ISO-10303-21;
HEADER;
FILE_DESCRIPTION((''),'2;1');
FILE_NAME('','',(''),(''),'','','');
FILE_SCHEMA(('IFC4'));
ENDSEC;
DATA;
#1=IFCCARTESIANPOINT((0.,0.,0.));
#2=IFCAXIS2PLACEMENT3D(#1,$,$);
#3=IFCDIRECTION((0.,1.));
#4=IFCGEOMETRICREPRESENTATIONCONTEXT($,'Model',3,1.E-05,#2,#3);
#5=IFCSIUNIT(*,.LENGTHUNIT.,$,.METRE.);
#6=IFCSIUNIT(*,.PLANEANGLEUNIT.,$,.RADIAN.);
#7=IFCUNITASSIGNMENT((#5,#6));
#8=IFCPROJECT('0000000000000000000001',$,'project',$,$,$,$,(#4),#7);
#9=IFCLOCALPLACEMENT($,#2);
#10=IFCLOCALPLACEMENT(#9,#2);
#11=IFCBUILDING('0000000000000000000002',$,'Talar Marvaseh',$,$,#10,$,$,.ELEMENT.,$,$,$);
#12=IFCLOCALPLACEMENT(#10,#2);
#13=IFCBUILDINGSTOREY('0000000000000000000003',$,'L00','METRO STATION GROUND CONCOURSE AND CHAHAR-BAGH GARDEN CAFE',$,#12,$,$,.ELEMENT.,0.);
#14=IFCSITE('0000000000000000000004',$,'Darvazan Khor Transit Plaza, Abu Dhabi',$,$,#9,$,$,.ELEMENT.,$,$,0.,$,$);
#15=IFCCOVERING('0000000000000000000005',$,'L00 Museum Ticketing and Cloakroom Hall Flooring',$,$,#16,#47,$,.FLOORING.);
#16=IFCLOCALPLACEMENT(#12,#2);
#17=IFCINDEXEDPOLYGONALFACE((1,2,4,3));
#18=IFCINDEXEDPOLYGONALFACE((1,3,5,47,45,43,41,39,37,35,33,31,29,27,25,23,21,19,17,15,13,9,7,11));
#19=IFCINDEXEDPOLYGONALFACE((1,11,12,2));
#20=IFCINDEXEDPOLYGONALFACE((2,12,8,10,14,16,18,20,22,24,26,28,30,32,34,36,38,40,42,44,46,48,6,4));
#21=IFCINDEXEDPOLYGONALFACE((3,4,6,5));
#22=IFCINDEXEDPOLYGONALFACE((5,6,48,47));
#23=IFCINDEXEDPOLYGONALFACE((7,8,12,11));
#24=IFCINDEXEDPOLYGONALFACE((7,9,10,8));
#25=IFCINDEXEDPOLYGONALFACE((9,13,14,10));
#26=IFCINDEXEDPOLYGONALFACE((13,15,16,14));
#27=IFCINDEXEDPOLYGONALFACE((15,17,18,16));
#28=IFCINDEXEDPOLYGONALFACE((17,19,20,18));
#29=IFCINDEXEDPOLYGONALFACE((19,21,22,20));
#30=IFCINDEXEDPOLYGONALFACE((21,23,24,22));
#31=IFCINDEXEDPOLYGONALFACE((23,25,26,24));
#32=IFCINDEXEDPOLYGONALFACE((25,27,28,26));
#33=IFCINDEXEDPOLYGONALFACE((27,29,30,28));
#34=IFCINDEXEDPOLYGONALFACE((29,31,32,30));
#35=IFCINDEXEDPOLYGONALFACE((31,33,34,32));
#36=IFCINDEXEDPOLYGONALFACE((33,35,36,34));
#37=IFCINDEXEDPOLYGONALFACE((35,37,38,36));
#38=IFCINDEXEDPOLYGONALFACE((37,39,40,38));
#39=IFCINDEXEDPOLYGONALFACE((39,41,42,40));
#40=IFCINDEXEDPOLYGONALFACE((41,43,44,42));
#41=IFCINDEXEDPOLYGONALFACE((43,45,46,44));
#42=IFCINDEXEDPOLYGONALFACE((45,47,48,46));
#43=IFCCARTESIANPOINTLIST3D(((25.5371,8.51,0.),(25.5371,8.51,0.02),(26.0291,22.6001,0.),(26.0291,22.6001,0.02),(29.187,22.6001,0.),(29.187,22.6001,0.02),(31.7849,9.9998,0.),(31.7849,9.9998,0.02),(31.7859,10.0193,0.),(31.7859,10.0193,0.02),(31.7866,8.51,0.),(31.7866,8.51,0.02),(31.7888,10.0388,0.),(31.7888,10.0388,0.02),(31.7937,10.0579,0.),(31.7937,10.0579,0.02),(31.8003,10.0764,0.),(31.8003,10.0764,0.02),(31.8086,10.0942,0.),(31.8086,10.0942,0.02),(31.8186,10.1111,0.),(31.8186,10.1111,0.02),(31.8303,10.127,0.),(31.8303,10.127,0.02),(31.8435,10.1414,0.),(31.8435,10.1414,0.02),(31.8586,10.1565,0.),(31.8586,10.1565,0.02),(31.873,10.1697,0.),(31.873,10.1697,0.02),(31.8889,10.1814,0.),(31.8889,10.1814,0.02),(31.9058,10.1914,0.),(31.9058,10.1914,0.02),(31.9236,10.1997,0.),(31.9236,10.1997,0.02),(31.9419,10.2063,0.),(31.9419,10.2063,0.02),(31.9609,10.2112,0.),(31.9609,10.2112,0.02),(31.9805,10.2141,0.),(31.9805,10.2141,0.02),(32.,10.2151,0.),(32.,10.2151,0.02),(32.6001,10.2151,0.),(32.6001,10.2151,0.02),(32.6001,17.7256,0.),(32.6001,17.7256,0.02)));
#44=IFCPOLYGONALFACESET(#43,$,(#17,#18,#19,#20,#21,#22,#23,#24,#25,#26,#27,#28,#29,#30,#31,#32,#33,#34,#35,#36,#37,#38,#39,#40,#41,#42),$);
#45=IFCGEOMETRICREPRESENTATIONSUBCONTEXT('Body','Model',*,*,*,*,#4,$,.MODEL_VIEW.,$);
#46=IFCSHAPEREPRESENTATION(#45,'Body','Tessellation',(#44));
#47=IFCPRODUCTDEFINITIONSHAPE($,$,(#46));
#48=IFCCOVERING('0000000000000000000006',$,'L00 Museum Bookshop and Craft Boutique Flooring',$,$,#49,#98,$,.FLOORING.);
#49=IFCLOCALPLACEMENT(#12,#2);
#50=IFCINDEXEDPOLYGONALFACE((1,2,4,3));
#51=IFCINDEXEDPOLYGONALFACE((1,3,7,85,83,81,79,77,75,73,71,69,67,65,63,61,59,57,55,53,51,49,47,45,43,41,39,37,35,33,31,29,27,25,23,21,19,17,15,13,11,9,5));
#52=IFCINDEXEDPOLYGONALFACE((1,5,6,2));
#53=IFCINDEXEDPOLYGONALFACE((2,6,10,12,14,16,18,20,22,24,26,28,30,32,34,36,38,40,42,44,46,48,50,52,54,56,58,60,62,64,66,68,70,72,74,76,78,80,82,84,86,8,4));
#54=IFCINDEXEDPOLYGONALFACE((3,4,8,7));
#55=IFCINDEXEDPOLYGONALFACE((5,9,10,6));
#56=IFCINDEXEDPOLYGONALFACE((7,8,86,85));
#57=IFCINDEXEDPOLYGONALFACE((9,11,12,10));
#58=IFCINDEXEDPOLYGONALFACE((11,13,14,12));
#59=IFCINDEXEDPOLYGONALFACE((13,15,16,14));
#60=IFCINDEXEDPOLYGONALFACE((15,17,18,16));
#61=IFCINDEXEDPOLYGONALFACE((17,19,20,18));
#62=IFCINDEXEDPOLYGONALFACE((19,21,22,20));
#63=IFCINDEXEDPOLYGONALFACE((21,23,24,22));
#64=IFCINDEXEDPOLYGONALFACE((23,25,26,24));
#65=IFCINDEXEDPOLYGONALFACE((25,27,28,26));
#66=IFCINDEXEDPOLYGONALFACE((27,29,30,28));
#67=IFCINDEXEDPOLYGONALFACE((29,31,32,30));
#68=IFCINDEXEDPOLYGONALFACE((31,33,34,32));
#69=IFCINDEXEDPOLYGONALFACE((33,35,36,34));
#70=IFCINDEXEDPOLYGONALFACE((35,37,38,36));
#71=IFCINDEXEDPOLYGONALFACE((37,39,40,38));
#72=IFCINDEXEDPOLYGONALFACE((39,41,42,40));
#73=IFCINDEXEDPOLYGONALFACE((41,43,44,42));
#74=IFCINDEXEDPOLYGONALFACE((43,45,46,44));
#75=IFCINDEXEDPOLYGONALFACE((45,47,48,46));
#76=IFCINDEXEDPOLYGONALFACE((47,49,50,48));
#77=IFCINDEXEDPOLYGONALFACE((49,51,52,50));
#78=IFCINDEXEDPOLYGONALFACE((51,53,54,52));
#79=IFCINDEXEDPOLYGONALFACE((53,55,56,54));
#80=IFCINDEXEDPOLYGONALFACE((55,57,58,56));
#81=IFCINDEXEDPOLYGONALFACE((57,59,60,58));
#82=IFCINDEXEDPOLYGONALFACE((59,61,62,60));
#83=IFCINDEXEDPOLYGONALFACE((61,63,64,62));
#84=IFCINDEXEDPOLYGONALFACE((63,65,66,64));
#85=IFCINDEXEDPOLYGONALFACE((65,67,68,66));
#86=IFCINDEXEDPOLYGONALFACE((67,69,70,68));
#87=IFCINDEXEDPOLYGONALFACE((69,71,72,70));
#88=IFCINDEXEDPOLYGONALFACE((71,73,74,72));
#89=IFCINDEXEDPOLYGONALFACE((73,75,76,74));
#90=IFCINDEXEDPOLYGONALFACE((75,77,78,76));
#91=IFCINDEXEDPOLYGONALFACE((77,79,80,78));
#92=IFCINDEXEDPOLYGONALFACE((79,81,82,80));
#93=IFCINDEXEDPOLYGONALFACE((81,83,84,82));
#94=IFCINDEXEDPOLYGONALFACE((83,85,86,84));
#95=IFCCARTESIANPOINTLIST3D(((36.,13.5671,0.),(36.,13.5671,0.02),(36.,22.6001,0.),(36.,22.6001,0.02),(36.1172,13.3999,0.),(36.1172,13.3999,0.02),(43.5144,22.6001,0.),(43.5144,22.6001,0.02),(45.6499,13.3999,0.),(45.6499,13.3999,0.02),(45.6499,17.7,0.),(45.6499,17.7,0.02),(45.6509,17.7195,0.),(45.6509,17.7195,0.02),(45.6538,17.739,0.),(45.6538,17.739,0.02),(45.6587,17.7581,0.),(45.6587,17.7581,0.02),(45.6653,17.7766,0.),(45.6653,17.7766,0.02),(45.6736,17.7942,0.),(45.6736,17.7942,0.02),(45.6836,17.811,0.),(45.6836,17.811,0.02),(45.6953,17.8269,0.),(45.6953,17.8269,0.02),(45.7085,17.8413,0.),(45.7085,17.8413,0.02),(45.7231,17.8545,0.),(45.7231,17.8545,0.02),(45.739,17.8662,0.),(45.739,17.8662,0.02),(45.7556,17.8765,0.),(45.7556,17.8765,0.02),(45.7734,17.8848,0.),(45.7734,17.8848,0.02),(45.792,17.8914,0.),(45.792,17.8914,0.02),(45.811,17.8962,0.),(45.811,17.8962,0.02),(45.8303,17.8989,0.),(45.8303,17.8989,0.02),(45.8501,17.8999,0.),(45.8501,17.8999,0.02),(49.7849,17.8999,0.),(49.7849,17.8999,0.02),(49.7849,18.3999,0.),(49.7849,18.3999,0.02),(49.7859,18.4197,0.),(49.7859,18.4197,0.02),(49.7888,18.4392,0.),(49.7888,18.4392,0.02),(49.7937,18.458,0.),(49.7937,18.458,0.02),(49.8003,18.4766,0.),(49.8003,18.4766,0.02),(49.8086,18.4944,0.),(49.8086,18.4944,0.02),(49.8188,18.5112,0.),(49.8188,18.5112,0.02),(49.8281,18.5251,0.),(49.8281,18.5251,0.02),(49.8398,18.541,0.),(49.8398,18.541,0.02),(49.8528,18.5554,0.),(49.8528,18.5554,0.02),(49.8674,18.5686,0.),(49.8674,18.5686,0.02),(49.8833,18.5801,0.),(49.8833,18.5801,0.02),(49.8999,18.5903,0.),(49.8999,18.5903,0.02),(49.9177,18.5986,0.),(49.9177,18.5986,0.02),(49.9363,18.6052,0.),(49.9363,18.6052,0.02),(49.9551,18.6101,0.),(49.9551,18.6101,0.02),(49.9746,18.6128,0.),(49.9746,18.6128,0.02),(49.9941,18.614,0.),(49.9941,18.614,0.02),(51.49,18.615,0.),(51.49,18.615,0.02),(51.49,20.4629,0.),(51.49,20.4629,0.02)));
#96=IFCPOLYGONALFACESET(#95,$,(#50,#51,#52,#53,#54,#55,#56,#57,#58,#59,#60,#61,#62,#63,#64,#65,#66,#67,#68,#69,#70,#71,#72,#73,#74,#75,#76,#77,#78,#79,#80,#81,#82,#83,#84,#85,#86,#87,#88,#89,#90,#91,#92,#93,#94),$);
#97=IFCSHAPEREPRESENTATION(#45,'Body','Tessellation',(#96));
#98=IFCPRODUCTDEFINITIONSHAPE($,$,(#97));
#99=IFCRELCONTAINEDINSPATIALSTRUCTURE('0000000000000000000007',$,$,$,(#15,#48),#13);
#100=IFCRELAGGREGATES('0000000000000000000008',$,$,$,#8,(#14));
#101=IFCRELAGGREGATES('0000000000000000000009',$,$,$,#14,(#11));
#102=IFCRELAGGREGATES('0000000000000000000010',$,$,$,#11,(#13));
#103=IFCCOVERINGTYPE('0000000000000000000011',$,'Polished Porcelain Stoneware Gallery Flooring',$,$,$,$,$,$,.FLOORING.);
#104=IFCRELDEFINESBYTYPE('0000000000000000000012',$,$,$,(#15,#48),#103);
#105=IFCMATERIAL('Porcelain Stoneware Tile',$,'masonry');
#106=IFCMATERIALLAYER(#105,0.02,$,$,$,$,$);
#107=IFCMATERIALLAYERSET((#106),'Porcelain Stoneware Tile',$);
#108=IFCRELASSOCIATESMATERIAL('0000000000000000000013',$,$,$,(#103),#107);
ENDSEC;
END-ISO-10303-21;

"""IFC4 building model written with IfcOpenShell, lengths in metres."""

from ifc_helpers import new_model, si_unit, direction, origin, place, context, subcontext, project, spatial, polyline, outline, extrude, material, layer, layer_set, type_object, element, save


model = new_model("IFC4")

# Units and contexts
model_context = context("Model", 3, precision=1e-05, world=origin(), true_north=direction((0.0, 1.0)))
body_context = subcontext(model_context, "Body", "Model", "MODEL_VIEW")
ifc_project = project(units=[si_unit("LENGTHUNIT", "METRE"), si_unit("PLANEANGLEUNIT", "RADIAN")], contexts=[model_context])

# Site, building, storey
site_placement = place(None, origin())
site = spatial("IfcSite", under=ifc_project, at=site_placement, Name="Darvazan Khor Transit Plaza, Abu Dhabi", CompositionType="ELEMENT", RefElevation=0.0)
building_placement = place(site_placement, origin())
building = spatial("IfcBuilding", under=site, at=building_placement, Name="Talar Marvaseh", CompositionType="ELEMENT")
storey_placement = place(building_placement, origin())
storey = spatial("IfcBuildingStorey", under=building, at=storey_placement, Name="L00", Description="METRO STATION GROUND CONCOURSE AND CHAHAR-BAGH GARDEN CAFE", CompositionType="ELEMENT", Elevation=0.0)

# Coverings
ifc_material_1 = material(Name="Porcelain Stoneware Tile", Category="masonry")
ifc_layer_1 = layer(ifc_material_1, 0.02)
ifc_layer_set_1 = layer_set([ifc_layer_1], Name="Porcelain Stoneware Tile")
covering_type_1 = type_object("IfcCoveringType", Name="Polished Porcelain Stoneware Gallery Flooring", PredefinedType="FLOORING", material=ifc_layer_set_1)
covering_1_placement = place(storey_placement, origin())
element("IfcCovering", 1, at=covering_1_placement, inside=storey, type_object=covering_type_1, Name="L00 Museum Ticketing and Cloakroom Hall Flooring", PredefinedType="FLOORING", context=body_context, shape_type="SweptSolid", body=[
    extrude(outline(polyline([(26.0291, 22.6001), (29.187, 22.6001), (32.6001, 17.7256), (32.6001, 10.2151), (32.0, 10.2151), (31.9805, 10.2141), (31.9609, 10.2112), (31.9419, 10.2063), (31.9236, 10.1997), (31.9058, 10.1914), (31.8889, 10.1814), (31.873, 10.1697), (31.8586, 10.1565), (31.8435, 10.1414), (31.8303, 10.127), (31.8186, 10.1111), (31.8086, 10.0942), (31.8003, 10.0764), (31.7937, 10.0579), (31.7888, 10.0388), (31.7859, 10.0193), (31.7849, 9.9998), (31.7866, 8.51), (25.5371, 8.51), (26.0291, 22.6001)])), origin(), (0.0, 0.0, 1.0), 0.02),
])
covering_2_placement = place(storey_placement, origin())
element("IfcCovering", 2, at=covering_2_placement, inside=storey, type_object=covering_type_1, Name="L00 Museum Bookshop and Craft Boutique Flooring", PredefinedType="FLOORING", context=body_context, shape_type="SweptSolid", body=[
    extrude(outline(polyline([(36.0, 13.5671), (36.0, 22.6001), (43.5144, 22.6001), (51.49, 20.4629), (51.49, 18.615), (49.9941, 18.614), (49.9746, 18.6128), (49.9551, 18.6101), (49.9363, 18.6052), (49.9177, 18.5986), (49.8999, 18.5903), (49.8833, 18.5801), (49.8674, 18.5686), (49.8528, 18.5554), (49.8398, 18.541), (49.8281, 18.5251), (49.8188, 18.5112), (49.8086, 18.4944), (49.8003, 18.4766), (49.7937, 18.458), (49.7888, 18.4392), (49.7859, 18.4197), (49.7849, 18.3999), (49.7849, 17.8999), (45.8501, 17.8999), (45.8303, 17.8989), (45.811, 17.8962), (45.792, 17.8914), (45.7734, 17.8848), (45.7556, 17.8765), (45.739, 17.8662), (45.7231, 17.8545), (45.7085, 17.8413), (45.6953, 17.8269), (45.6836, 17.811), (45.6736, 17.7942), (45.6653, 17.7766), (45.6587, 17.7581), (45.6538, 17.739), (45.6509, 17.7195), (45.6499, 17.7), (45.6499, 13.3999), (36.1172, 13.3999), (36.0, 13.5671)])), origin(), (0.0, 0.0, 1.0), 0.02),
])

save(model, "model.ifc")
